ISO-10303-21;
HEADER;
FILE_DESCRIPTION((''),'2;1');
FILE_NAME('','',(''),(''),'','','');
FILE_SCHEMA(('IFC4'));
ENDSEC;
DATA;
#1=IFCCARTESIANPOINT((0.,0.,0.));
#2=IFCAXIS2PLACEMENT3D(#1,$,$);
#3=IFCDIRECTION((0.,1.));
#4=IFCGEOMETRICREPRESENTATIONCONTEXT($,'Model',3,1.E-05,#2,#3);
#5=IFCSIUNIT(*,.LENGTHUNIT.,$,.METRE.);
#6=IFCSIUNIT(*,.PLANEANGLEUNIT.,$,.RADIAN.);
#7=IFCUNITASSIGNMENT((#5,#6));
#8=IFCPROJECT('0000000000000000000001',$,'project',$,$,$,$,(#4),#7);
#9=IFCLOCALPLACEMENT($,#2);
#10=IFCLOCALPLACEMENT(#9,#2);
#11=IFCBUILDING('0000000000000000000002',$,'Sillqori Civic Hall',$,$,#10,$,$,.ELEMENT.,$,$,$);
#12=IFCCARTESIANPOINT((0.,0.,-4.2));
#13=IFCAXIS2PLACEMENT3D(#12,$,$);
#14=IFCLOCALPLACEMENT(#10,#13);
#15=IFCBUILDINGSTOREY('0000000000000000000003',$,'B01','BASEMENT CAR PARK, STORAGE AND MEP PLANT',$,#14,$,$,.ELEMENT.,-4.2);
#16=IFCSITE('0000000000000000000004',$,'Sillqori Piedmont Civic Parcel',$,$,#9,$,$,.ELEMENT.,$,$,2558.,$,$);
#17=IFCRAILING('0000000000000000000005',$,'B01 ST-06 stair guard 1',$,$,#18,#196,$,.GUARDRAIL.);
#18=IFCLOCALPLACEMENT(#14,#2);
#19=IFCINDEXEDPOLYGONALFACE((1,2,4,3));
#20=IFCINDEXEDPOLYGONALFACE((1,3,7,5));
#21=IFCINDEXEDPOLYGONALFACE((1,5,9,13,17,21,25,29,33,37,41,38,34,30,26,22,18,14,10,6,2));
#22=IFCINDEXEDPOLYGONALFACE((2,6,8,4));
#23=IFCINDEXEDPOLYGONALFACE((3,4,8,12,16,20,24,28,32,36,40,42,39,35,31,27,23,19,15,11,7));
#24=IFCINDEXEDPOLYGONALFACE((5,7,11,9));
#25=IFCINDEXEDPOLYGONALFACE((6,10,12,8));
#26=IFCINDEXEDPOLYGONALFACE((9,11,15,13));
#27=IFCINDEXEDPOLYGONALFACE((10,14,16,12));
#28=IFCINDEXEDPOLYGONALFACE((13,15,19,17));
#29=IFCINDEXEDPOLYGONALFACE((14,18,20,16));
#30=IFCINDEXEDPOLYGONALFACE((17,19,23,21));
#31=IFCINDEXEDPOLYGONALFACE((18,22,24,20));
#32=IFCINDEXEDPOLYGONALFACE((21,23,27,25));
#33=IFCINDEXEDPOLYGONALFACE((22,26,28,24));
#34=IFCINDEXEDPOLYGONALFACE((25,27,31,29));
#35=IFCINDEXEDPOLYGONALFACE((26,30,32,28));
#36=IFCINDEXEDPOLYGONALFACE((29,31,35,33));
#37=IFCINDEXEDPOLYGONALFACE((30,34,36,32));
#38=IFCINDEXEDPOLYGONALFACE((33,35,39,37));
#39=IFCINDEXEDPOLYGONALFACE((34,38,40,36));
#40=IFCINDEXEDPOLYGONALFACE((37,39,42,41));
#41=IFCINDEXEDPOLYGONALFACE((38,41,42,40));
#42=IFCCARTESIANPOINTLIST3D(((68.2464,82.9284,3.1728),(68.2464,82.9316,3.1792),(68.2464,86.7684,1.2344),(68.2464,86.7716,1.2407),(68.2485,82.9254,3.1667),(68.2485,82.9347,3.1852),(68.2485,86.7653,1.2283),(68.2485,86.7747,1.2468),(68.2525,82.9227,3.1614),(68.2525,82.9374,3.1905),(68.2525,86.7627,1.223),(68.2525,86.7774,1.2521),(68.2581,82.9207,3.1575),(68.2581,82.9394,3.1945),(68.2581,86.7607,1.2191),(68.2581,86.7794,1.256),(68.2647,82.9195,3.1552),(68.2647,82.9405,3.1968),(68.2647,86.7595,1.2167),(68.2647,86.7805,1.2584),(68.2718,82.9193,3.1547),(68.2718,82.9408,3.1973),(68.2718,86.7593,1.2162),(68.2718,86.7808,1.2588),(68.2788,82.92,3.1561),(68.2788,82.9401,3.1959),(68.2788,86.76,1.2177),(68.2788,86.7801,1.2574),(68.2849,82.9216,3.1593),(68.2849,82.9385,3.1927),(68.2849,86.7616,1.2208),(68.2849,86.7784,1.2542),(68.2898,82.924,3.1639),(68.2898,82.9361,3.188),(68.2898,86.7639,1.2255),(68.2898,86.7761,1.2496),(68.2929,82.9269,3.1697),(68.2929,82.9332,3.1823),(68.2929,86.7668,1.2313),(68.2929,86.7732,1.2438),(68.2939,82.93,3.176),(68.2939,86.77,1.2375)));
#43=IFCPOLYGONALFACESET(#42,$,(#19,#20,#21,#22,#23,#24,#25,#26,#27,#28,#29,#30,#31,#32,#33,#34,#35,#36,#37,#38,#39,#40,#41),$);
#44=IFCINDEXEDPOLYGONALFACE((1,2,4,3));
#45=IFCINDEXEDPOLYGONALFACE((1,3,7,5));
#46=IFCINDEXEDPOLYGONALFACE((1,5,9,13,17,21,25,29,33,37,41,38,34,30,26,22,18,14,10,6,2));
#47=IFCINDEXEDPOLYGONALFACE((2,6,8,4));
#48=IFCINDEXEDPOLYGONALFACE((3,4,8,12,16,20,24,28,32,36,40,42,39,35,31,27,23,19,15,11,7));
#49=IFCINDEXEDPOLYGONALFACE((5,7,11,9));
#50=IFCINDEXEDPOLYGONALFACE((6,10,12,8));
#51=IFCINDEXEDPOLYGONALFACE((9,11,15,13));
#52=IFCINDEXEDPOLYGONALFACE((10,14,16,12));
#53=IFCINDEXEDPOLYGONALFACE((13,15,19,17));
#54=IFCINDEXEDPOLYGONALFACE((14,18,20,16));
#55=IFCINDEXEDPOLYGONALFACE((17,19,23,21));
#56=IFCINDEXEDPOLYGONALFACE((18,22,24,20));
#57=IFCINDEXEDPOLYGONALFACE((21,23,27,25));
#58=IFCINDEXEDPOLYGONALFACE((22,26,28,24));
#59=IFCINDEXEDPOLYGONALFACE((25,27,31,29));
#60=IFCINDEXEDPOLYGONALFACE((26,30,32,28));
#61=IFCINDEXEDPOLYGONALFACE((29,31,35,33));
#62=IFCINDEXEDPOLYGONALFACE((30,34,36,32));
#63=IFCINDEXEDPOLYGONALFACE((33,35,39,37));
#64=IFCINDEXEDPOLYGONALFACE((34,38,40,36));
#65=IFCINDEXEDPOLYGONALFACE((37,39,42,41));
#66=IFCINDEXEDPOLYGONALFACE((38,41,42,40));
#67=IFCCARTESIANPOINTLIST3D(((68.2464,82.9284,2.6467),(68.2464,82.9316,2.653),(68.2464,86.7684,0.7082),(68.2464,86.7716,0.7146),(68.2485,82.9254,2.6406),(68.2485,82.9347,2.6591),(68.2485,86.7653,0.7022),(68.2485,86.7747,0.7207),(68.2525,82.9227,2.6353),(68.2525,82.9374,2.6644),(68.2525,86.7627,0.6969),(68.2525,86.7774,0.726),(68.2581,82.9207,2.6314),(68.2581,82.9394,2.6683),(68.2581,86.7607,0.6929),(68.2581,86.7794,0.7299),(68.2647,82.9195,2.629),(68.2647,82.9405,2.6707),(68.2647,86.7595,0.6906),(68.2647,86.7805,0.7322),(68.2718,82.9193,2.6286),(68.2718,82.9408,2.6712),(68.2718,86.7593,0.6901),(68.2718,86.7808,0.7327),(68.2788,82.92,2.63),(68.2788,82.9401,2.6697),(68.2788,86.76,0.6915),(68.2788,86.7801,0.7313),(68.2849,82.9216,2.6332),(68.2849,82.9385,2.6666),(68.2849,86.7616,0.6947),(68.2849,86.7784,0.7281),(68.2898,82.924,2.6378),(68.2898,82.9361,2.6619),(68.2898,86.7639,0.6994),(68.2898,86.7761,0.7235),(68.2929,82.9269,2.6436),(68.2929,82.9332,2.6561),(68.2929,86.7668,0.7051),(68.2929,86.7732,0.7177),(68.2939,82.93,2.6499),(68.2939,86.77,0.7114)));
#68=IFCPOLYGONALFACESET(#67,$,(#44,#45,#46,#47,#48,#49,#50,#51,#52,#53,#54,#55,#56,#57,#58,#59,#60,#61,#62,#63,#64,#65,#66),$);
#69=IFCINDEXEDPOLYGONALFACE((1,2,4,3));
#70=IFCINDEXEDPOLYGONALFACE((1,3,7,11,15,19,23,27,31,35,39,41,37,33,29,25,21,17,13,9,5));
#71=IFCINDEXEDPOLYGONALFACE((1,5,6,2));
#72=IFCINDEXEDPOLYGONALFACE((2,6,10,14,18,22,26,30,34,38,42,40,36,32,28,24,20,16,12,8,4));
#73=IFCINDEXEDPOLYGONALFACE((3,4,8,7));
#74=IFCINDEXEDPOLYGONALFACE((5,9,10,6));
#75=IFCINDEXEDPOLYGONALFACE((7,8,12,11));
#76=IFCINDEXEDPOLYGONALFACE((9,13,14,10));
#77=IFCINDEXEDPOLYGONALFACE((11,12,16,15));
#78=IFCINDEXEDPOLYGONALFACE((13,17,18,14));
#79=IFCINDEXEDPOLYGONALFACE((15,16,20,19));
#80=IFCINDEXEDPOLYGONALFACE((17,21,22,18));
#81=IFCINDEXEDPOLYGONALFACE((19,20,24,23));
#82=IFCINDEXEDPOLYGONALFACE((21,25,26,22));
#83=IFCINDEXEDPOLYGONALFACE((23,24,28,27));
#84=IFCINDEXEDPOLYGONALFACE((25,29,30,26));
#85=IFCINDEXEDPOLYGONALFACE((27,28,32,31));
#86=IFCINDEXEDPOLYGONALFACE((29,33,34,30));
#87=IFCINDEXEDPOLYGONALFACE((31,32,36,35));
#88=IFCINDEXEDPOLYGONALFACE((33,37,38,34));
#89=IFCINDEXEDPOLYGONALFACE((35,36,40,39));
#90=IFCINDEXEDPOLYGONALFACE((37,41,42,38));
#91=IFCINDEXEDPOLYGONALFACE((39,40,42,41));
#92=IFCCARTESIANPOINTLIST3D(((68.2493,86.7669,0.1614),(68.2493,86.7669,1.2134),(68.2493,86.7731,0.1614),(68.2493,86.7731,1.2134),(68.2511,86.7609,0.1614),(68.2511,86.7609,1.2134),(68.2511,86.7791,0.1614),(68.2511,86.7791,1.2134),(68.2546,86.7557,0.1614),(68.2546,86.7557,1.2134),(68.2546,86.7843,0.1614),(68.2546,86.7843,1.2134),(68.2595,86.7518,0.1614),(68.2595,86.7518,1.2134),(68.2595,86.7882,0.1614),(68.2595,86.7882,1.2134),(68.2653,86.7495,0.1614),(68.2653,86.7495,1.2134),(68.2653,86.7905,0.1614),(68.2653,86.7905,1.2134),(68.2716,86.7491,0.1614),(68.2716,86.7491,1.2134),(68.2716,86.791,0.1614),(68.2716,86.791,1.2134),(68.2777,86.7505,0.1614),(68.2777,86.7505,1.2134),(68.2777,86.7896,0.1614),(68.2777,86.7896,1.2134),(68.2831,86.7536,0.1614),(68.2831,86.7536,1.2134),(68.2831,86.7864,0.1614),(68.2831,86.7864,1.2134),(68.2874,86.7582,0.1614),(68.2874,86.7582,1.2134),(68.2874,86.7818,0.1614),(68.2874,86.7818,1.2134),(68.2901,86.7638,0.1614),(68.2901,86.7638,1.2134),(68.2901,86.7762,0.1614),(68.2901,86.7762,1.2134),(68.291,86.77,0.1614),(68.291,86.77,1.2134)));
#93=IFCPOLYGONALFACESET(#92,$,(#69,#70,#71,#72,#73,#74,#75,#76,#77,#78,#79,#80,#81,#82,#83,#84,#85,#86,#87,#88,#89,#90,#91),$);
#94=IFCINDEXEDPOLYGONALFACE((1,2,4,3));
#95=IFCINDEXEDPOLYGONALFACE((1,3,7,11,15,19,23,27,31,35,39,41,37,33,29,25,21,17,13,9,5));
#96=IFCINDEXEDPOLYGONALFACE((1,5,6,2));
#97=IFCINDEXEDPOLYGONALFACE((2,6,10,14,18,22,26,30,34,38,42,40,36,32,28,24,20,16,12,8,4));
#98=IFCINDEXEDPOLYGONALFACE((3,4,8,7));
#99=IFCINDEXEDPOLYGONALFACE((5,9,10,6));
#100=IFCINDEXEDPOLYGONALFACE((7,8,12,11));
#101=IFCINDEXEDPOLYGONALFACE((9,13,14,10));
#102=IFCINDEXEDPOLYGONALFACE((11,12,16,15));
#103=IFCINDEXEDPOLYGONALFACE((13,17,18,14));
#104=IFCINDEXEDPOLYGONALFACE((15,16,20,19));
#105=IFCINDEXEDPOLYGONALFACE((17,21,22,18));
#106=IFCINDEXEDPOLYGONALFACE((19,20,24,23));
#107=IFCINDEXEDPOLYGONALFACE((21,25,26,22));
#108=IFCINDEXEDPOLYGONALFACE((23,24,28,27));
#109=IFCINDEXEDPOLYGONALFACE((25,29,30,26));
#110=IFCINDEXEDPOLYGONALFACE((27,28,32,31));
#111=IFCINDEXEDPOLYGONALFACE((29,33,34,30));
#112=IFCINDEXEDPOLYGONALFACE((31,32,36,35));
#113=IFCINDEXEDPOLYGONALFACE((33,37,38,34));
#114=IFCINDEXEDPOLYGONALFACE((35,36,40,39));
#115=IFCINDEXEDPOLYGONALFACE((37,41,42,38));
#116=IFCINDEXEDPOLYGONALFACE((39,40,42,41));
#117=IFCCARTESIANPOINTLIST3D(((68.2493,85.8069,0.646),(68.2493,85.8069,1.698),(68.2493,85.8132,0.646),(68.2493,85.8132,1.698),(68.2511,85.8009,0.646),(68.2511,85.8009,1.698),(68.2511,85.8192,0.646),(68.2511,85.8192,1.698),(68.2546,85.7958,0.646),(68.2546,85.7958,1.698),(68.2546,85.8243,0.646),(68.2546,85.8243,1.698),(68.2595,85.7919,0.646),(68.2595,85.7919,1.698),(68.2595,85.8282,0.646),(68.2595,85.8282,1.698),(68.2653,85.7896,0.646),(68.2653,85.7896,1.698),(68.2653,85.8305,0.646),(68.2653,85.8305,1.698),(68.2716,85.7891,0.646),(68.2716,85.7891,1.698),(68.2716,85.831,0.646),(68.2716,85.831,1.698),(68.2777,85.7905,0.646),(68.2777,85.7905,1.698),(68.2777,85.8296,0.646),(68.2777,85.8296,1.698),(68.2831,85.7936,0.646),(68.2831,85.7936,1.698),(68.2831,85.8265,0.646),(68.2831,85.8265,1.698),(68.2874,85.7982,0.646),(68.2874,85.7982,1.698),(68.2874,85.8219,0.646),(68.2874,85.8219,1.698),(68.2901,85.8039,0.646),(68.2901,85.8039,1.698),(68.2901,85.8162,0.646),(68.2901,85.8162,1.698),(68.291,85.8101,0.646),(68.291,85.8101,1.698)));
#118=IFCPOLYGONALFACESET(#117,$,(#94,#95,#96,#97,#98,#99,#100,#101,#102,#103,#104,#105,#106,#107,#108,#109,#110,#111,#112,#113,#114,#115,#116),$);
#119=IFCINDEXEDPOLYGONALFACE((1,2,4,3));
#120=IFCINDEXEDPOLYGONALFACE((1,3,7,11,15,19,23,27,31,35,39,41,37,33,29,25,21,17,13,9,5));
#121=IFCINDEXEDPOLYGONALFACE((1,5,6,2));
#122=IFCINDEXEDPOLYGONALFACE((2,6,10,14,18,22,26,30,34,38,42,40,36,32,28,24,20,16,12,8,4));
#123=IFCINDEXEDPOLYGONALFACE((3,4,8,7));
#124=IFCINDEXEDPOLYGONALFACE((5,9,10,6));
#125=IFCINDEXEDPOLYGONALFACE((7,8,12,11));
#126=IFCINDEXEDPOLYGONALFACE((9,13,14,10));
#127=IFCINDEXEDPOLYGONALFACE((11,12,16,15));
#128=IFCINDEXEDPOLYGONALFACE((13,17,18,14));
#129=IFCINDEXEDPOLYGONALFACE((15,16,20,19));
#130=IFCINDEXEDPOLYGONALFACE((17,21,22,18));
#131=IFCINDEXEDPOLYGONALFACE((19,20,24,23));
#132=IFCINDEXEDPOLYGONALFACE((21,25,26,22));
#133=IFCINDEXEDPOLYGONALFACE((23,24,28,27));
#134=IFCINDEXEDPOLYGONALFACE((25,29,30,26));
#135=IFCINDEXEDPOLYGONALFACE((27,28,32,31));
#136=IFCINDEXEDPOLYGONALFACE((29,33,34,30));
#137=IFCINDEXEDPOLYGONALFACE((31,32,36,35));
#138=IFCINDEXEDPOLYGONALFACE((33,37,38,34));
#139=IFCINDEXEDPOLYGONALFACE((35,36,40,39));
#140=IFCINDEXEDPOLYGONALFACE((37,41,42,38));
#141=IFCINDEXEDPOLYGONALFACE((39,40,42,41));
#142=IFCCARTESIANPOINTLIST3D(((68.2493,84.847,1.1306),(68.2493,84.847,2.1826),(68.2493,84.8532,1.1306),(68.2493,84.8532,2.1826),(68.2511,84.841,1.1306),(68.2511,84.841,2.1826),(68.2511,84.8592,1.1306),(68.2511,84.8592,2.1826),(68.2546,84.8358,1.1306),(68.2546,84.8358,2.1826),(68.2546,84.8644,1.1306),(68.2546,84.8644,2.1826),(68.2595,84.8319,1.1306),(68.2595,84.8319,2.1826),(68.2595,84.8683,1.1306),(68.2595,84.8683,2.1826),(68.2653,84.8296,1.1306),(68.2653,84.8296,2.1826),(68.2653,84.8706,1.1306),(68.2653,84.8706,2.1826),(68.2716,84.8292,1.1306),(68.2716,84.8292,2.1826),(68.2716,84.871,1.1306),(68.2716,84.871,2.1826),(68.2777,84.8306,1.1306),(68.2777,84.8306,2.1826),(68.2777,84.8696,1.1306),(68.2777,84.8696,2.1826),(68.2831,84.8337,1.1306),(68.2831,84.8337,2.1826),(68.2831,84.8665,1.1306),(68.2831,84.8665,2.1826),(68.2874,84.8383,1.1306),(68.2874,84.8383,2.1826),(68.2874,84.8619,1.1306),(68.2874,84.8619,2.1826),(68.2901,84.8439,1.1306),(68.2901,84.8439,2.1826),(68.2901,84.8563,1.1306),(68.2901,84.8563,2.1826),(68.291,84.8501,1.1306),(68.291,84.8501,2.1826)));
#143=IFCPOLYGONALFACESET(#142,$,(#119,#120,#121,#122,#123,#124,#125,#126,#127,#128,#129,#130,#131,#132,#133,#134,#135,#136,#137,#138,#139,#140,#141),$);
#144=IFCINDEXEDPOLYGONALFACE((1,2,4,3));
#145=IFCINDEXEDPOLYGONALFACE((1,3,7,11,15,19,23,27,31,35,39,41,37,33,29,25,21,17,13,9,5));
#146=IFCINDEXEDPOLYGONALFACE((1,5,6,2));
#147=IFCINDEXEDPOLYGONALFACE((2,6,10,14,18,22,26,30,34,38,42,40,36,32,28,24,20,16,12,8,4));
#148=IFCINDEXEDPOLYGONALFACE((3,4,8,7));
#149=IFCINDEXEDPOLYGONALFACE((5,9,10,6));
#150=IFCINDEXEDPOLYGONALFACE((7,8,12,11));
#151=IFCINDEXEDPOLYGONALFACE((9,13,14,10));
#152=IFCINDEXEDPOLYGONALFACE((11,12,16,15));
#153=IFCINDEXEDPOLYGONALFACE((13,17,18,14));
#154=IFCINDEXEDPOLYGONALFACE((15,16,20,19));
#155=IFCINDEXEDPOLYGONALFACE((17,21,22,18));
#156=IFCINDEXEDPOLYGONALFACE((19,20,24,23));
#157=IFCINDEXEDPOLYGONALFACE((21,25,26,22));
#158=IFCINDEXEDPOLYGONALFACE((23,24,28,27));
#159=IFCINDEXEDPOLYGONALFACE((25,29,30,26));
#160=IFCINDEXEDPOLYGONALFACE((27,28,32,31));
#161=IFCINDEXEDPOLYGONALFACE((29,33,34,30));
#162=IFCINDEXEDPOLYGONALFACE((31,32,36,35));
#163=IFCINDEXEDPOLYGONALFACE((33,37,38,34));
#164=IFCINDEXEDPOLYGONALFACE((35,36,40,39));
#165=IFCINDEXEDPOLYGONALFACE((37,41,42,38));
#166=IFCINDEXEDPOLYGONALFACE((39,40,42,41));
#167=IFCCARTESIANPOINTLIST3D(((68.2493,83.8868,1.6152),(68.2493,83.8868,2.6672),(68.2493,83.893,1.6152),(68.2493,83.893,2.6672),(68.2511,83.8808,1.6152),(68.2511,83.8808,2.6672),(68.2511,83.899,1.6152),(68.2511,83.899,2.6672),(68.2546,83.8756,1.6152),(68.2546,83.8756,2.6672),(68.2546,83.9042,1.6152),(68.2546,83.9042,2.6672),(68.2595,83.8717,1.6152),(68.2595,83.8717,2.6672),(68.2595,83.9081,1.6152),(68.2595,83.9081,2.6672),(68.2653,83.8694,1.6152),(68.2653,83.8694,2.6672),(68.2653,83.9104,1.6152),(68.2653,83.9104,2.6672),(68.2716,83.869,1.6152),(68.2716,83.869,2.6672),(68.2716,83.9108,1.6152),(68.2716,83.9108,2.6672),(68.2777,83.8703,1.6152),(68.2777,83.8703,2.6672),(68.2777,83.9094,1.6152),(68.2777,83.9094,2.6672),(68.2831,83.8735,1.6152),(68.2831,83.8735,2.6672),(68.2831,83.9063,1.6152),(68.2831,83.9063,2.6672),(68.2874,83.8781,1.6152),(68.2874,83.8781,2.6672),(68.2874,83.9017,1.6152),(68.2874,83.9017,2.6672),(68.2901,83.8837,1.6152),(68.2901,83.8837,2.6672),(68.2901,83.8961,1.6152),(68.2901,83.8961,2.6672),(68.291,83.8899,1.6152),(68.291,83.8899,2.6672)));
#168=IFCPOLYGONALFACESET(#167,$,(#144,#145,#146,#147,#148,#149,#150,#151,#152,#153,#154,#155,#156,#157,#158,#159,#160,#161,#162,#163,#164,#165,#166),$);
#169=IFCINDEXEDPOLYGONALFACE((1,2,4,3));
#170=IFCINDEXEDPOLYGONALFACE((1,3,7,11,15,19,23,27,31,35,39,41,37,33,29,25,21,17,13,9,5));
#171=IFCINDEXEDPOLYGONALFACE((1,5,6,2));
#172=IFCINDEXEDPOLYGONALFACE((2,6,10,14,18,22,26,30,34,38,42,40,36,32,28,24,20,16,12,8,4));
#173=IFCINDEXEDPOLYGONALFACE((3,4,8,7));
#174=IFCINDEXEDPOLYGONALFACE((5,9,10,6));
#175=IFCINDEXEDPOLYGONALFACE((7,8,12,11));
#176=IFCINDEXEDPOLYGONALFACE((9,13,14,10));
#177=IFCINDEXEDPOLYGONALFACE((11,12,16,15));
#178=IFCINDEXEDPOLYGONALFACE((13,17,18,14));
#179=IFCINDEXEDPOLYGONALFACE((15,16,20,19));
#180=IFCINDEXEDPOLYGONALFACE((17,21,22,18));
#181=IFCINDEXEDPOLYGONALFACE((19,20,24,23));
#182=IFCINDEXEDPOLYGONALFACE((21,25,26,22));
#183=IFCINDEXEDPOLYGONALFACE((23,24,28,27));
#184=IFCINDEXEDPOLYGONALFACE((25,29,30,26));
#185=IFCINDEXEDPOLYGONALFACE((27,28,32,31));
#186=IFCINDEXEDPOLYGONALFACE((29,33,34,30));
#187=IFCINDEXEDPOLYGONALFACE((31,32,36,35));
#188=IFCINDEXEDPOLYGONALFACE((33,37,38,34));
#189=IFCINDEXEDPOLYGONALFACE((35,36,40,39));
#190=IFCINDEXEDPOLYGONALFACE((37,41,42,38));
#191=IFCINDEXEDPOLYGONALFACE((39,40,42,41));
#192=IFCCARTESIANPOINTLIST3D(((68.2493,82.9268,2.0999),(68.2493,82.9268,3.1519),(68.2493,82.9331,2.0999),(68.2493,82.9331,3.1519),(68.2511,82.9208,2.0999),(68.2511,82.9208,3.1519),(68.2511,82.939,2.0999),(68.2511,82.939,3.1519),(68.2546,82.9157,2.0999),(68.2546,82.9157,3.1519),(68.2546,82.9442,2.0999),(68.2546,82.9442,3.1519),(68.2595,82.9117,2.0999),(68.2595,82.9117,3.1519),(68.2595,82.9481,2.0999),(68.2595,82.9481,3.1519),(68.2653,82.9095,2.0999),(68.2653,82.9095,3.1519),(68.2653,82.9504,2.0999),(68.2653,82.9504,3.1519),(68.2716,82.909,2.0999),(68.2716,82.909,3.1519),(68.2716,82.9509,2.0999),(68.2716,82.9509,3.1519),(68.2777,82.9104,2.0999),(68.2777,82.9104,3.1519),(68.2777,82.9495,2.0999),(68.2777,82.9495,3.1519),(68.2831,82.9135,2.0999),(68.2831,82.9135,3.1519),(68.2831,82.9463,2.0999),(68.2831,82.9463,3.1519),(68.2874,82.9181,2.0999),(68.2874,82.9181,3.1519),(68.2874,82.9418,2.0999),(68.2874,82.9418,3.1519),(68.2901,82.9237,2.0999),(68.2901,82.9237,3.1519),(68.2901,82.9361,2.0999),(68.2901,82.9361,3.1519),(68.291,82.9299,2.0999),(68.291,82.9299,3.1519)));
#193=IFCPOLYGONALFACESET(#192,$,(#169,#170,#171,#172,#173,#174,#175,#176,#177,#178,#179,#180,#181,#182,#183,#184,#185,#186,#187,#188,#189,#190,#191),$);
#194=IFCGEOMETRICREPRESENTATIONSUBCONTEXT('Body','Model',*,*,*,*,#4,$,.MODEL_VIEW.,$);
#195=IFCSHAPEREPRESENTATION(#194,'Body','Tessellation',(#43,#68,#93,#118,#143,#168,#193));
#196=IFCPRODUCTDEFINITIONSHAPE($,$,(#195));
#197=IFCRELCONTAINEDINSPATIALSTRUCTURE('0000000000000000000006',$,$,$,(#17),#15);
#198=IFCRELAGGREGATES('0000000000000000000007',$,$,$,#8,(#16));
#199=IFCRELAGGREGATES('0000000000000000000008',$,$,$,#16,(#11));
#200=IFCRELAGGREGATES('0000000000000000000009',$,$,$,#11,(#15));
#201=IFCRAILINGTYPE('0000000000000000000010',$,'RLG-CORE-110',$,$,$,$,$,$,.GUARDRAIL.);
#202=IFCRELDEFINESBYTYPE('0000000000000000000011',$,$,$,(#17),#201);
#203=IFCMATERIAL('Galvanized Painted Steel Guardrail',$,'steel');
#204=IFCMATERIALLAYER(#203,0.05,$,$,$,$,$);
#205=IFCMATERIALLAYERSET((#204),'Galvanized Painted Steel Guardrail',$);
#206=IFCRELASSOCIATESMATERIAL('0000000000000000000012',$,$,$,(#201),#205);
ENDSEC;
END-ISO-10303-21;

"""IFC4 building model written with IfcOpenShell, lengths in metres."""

from ifc_helpers import new_model, si_unit, direction, frame, origin, origin_2d, place, context, subcontext, project, spatial, circle, extrude, material, layer, layer_set, type_object, element, save


model = new_model("IFC4")

# Units and contexts
model_context = context("Model", 3, precision=1e-05, world=origin(), true_north=direction((0.0, 1.0)))
body_context = subcontext(model_context, "Body", "Model", "MODEL_VIEW")
ifc_project = project(units=[si_unit("LENGTHUNIT", "METRE"), si_unit("PLANEANGLEUNIT", "RADIAN")], contexts=[model_context])

# Site, building, storey
site_placement = place(None, origin())
site = spatial("IfcSite", under=ifc_project, at=site_placement, Name="Sillqori Piedmont Civic Parcel", CompositionType="ELEMENT", RefElevation=2558.0)
building_placement = place(site_placement, origin())
building = spatial("IfcBuilding", under=site, at=building_placement, Name="Sillqori Civic Hall", CompositionType="ELEMENT")
storey_placement = place(building_placement, frame((0.0, 0.0, -4.2)))
storey = spatial("IfcBuildingStorey", under=building, at=storey_placement, Name="B01", Description="BASEMENT CAR PARK, STORAGE AND MEP PLANT", CompositionType="ELEMENT", Elevation=-4.2)

# Railing
ifc_material_1 = material(Name="Galvanized Painted Steel Guardrail", Category="steel")
ifc_layer_1 = layer(ifc_material_1, 0.05)
ifc_layer_set_1 = layer_set([ifc_layer_1], Name="Galvanized Painted Steel Guardrail")
railing_type_1 = type_object("IfcRailingType", Name="RLG-CORE-110", PredefinedType="GUARDRAIL", material=ifc_layer_set_1)
railing_1_placement = place(storey_placement, frame((68.27, 86.77, 0.1614)))
element("IfcRailing", 1, at=railing_1_placement, inside=storey, type_object=railing_type_1, Name="B01 ST-06 stair guard 1", PredefinedType="GUARDRAIL", context=body_context, shape_type="SweptSolid", body=[
    extrude(circle(Radius=0.0239, at=origin_2d()), frame((0.0, 0.0, 1.0762), z_axis=(0.0, -0.892707, 0.450638), x_axis=(1.0, 0.0, 0.0)), (0.0, 0.0, 1.0), 4.3015),
    extrude(circle(Radius=0.0239, at=origin_2d()), frame((0.0, 0.0, 0.55), z_axis=(0.0, -0.892707, 0.450638), x_axis=(1.0, 0.0, 0.0)), (0.0, 0.0, 1.0), 4.3015),
    extrude(circle(Radius=0.021, at=origin_2d()), origin(), (0.0, 0.0, 1.0), 1.052),
    extrude(circle(Radius=0.021, at=origin_2d()), frame((0.0, -0.96, 0.4846)), (0.0, 0.0, 1.0), 1.052),
    extrude(circle(Radius=0.021, at=origin_2d()), frame((0.0, -1.9199, 0.9692)), (0.0, 0.0, 1.0), 1.052),
    extrude(circle(Radius=0.021, at=origin_2d()), frame((0.0, -2.8801, 1.4539)), (0.0, 0.0, 1.0), 1.052),
    extrude(circle(Radius=0.021, at=origin_2d()), frame((0.0, -3.8401, 1.9385)), (0.0, 0.0, 1.0), 1.052),
])

save(model, "model.ifc")
